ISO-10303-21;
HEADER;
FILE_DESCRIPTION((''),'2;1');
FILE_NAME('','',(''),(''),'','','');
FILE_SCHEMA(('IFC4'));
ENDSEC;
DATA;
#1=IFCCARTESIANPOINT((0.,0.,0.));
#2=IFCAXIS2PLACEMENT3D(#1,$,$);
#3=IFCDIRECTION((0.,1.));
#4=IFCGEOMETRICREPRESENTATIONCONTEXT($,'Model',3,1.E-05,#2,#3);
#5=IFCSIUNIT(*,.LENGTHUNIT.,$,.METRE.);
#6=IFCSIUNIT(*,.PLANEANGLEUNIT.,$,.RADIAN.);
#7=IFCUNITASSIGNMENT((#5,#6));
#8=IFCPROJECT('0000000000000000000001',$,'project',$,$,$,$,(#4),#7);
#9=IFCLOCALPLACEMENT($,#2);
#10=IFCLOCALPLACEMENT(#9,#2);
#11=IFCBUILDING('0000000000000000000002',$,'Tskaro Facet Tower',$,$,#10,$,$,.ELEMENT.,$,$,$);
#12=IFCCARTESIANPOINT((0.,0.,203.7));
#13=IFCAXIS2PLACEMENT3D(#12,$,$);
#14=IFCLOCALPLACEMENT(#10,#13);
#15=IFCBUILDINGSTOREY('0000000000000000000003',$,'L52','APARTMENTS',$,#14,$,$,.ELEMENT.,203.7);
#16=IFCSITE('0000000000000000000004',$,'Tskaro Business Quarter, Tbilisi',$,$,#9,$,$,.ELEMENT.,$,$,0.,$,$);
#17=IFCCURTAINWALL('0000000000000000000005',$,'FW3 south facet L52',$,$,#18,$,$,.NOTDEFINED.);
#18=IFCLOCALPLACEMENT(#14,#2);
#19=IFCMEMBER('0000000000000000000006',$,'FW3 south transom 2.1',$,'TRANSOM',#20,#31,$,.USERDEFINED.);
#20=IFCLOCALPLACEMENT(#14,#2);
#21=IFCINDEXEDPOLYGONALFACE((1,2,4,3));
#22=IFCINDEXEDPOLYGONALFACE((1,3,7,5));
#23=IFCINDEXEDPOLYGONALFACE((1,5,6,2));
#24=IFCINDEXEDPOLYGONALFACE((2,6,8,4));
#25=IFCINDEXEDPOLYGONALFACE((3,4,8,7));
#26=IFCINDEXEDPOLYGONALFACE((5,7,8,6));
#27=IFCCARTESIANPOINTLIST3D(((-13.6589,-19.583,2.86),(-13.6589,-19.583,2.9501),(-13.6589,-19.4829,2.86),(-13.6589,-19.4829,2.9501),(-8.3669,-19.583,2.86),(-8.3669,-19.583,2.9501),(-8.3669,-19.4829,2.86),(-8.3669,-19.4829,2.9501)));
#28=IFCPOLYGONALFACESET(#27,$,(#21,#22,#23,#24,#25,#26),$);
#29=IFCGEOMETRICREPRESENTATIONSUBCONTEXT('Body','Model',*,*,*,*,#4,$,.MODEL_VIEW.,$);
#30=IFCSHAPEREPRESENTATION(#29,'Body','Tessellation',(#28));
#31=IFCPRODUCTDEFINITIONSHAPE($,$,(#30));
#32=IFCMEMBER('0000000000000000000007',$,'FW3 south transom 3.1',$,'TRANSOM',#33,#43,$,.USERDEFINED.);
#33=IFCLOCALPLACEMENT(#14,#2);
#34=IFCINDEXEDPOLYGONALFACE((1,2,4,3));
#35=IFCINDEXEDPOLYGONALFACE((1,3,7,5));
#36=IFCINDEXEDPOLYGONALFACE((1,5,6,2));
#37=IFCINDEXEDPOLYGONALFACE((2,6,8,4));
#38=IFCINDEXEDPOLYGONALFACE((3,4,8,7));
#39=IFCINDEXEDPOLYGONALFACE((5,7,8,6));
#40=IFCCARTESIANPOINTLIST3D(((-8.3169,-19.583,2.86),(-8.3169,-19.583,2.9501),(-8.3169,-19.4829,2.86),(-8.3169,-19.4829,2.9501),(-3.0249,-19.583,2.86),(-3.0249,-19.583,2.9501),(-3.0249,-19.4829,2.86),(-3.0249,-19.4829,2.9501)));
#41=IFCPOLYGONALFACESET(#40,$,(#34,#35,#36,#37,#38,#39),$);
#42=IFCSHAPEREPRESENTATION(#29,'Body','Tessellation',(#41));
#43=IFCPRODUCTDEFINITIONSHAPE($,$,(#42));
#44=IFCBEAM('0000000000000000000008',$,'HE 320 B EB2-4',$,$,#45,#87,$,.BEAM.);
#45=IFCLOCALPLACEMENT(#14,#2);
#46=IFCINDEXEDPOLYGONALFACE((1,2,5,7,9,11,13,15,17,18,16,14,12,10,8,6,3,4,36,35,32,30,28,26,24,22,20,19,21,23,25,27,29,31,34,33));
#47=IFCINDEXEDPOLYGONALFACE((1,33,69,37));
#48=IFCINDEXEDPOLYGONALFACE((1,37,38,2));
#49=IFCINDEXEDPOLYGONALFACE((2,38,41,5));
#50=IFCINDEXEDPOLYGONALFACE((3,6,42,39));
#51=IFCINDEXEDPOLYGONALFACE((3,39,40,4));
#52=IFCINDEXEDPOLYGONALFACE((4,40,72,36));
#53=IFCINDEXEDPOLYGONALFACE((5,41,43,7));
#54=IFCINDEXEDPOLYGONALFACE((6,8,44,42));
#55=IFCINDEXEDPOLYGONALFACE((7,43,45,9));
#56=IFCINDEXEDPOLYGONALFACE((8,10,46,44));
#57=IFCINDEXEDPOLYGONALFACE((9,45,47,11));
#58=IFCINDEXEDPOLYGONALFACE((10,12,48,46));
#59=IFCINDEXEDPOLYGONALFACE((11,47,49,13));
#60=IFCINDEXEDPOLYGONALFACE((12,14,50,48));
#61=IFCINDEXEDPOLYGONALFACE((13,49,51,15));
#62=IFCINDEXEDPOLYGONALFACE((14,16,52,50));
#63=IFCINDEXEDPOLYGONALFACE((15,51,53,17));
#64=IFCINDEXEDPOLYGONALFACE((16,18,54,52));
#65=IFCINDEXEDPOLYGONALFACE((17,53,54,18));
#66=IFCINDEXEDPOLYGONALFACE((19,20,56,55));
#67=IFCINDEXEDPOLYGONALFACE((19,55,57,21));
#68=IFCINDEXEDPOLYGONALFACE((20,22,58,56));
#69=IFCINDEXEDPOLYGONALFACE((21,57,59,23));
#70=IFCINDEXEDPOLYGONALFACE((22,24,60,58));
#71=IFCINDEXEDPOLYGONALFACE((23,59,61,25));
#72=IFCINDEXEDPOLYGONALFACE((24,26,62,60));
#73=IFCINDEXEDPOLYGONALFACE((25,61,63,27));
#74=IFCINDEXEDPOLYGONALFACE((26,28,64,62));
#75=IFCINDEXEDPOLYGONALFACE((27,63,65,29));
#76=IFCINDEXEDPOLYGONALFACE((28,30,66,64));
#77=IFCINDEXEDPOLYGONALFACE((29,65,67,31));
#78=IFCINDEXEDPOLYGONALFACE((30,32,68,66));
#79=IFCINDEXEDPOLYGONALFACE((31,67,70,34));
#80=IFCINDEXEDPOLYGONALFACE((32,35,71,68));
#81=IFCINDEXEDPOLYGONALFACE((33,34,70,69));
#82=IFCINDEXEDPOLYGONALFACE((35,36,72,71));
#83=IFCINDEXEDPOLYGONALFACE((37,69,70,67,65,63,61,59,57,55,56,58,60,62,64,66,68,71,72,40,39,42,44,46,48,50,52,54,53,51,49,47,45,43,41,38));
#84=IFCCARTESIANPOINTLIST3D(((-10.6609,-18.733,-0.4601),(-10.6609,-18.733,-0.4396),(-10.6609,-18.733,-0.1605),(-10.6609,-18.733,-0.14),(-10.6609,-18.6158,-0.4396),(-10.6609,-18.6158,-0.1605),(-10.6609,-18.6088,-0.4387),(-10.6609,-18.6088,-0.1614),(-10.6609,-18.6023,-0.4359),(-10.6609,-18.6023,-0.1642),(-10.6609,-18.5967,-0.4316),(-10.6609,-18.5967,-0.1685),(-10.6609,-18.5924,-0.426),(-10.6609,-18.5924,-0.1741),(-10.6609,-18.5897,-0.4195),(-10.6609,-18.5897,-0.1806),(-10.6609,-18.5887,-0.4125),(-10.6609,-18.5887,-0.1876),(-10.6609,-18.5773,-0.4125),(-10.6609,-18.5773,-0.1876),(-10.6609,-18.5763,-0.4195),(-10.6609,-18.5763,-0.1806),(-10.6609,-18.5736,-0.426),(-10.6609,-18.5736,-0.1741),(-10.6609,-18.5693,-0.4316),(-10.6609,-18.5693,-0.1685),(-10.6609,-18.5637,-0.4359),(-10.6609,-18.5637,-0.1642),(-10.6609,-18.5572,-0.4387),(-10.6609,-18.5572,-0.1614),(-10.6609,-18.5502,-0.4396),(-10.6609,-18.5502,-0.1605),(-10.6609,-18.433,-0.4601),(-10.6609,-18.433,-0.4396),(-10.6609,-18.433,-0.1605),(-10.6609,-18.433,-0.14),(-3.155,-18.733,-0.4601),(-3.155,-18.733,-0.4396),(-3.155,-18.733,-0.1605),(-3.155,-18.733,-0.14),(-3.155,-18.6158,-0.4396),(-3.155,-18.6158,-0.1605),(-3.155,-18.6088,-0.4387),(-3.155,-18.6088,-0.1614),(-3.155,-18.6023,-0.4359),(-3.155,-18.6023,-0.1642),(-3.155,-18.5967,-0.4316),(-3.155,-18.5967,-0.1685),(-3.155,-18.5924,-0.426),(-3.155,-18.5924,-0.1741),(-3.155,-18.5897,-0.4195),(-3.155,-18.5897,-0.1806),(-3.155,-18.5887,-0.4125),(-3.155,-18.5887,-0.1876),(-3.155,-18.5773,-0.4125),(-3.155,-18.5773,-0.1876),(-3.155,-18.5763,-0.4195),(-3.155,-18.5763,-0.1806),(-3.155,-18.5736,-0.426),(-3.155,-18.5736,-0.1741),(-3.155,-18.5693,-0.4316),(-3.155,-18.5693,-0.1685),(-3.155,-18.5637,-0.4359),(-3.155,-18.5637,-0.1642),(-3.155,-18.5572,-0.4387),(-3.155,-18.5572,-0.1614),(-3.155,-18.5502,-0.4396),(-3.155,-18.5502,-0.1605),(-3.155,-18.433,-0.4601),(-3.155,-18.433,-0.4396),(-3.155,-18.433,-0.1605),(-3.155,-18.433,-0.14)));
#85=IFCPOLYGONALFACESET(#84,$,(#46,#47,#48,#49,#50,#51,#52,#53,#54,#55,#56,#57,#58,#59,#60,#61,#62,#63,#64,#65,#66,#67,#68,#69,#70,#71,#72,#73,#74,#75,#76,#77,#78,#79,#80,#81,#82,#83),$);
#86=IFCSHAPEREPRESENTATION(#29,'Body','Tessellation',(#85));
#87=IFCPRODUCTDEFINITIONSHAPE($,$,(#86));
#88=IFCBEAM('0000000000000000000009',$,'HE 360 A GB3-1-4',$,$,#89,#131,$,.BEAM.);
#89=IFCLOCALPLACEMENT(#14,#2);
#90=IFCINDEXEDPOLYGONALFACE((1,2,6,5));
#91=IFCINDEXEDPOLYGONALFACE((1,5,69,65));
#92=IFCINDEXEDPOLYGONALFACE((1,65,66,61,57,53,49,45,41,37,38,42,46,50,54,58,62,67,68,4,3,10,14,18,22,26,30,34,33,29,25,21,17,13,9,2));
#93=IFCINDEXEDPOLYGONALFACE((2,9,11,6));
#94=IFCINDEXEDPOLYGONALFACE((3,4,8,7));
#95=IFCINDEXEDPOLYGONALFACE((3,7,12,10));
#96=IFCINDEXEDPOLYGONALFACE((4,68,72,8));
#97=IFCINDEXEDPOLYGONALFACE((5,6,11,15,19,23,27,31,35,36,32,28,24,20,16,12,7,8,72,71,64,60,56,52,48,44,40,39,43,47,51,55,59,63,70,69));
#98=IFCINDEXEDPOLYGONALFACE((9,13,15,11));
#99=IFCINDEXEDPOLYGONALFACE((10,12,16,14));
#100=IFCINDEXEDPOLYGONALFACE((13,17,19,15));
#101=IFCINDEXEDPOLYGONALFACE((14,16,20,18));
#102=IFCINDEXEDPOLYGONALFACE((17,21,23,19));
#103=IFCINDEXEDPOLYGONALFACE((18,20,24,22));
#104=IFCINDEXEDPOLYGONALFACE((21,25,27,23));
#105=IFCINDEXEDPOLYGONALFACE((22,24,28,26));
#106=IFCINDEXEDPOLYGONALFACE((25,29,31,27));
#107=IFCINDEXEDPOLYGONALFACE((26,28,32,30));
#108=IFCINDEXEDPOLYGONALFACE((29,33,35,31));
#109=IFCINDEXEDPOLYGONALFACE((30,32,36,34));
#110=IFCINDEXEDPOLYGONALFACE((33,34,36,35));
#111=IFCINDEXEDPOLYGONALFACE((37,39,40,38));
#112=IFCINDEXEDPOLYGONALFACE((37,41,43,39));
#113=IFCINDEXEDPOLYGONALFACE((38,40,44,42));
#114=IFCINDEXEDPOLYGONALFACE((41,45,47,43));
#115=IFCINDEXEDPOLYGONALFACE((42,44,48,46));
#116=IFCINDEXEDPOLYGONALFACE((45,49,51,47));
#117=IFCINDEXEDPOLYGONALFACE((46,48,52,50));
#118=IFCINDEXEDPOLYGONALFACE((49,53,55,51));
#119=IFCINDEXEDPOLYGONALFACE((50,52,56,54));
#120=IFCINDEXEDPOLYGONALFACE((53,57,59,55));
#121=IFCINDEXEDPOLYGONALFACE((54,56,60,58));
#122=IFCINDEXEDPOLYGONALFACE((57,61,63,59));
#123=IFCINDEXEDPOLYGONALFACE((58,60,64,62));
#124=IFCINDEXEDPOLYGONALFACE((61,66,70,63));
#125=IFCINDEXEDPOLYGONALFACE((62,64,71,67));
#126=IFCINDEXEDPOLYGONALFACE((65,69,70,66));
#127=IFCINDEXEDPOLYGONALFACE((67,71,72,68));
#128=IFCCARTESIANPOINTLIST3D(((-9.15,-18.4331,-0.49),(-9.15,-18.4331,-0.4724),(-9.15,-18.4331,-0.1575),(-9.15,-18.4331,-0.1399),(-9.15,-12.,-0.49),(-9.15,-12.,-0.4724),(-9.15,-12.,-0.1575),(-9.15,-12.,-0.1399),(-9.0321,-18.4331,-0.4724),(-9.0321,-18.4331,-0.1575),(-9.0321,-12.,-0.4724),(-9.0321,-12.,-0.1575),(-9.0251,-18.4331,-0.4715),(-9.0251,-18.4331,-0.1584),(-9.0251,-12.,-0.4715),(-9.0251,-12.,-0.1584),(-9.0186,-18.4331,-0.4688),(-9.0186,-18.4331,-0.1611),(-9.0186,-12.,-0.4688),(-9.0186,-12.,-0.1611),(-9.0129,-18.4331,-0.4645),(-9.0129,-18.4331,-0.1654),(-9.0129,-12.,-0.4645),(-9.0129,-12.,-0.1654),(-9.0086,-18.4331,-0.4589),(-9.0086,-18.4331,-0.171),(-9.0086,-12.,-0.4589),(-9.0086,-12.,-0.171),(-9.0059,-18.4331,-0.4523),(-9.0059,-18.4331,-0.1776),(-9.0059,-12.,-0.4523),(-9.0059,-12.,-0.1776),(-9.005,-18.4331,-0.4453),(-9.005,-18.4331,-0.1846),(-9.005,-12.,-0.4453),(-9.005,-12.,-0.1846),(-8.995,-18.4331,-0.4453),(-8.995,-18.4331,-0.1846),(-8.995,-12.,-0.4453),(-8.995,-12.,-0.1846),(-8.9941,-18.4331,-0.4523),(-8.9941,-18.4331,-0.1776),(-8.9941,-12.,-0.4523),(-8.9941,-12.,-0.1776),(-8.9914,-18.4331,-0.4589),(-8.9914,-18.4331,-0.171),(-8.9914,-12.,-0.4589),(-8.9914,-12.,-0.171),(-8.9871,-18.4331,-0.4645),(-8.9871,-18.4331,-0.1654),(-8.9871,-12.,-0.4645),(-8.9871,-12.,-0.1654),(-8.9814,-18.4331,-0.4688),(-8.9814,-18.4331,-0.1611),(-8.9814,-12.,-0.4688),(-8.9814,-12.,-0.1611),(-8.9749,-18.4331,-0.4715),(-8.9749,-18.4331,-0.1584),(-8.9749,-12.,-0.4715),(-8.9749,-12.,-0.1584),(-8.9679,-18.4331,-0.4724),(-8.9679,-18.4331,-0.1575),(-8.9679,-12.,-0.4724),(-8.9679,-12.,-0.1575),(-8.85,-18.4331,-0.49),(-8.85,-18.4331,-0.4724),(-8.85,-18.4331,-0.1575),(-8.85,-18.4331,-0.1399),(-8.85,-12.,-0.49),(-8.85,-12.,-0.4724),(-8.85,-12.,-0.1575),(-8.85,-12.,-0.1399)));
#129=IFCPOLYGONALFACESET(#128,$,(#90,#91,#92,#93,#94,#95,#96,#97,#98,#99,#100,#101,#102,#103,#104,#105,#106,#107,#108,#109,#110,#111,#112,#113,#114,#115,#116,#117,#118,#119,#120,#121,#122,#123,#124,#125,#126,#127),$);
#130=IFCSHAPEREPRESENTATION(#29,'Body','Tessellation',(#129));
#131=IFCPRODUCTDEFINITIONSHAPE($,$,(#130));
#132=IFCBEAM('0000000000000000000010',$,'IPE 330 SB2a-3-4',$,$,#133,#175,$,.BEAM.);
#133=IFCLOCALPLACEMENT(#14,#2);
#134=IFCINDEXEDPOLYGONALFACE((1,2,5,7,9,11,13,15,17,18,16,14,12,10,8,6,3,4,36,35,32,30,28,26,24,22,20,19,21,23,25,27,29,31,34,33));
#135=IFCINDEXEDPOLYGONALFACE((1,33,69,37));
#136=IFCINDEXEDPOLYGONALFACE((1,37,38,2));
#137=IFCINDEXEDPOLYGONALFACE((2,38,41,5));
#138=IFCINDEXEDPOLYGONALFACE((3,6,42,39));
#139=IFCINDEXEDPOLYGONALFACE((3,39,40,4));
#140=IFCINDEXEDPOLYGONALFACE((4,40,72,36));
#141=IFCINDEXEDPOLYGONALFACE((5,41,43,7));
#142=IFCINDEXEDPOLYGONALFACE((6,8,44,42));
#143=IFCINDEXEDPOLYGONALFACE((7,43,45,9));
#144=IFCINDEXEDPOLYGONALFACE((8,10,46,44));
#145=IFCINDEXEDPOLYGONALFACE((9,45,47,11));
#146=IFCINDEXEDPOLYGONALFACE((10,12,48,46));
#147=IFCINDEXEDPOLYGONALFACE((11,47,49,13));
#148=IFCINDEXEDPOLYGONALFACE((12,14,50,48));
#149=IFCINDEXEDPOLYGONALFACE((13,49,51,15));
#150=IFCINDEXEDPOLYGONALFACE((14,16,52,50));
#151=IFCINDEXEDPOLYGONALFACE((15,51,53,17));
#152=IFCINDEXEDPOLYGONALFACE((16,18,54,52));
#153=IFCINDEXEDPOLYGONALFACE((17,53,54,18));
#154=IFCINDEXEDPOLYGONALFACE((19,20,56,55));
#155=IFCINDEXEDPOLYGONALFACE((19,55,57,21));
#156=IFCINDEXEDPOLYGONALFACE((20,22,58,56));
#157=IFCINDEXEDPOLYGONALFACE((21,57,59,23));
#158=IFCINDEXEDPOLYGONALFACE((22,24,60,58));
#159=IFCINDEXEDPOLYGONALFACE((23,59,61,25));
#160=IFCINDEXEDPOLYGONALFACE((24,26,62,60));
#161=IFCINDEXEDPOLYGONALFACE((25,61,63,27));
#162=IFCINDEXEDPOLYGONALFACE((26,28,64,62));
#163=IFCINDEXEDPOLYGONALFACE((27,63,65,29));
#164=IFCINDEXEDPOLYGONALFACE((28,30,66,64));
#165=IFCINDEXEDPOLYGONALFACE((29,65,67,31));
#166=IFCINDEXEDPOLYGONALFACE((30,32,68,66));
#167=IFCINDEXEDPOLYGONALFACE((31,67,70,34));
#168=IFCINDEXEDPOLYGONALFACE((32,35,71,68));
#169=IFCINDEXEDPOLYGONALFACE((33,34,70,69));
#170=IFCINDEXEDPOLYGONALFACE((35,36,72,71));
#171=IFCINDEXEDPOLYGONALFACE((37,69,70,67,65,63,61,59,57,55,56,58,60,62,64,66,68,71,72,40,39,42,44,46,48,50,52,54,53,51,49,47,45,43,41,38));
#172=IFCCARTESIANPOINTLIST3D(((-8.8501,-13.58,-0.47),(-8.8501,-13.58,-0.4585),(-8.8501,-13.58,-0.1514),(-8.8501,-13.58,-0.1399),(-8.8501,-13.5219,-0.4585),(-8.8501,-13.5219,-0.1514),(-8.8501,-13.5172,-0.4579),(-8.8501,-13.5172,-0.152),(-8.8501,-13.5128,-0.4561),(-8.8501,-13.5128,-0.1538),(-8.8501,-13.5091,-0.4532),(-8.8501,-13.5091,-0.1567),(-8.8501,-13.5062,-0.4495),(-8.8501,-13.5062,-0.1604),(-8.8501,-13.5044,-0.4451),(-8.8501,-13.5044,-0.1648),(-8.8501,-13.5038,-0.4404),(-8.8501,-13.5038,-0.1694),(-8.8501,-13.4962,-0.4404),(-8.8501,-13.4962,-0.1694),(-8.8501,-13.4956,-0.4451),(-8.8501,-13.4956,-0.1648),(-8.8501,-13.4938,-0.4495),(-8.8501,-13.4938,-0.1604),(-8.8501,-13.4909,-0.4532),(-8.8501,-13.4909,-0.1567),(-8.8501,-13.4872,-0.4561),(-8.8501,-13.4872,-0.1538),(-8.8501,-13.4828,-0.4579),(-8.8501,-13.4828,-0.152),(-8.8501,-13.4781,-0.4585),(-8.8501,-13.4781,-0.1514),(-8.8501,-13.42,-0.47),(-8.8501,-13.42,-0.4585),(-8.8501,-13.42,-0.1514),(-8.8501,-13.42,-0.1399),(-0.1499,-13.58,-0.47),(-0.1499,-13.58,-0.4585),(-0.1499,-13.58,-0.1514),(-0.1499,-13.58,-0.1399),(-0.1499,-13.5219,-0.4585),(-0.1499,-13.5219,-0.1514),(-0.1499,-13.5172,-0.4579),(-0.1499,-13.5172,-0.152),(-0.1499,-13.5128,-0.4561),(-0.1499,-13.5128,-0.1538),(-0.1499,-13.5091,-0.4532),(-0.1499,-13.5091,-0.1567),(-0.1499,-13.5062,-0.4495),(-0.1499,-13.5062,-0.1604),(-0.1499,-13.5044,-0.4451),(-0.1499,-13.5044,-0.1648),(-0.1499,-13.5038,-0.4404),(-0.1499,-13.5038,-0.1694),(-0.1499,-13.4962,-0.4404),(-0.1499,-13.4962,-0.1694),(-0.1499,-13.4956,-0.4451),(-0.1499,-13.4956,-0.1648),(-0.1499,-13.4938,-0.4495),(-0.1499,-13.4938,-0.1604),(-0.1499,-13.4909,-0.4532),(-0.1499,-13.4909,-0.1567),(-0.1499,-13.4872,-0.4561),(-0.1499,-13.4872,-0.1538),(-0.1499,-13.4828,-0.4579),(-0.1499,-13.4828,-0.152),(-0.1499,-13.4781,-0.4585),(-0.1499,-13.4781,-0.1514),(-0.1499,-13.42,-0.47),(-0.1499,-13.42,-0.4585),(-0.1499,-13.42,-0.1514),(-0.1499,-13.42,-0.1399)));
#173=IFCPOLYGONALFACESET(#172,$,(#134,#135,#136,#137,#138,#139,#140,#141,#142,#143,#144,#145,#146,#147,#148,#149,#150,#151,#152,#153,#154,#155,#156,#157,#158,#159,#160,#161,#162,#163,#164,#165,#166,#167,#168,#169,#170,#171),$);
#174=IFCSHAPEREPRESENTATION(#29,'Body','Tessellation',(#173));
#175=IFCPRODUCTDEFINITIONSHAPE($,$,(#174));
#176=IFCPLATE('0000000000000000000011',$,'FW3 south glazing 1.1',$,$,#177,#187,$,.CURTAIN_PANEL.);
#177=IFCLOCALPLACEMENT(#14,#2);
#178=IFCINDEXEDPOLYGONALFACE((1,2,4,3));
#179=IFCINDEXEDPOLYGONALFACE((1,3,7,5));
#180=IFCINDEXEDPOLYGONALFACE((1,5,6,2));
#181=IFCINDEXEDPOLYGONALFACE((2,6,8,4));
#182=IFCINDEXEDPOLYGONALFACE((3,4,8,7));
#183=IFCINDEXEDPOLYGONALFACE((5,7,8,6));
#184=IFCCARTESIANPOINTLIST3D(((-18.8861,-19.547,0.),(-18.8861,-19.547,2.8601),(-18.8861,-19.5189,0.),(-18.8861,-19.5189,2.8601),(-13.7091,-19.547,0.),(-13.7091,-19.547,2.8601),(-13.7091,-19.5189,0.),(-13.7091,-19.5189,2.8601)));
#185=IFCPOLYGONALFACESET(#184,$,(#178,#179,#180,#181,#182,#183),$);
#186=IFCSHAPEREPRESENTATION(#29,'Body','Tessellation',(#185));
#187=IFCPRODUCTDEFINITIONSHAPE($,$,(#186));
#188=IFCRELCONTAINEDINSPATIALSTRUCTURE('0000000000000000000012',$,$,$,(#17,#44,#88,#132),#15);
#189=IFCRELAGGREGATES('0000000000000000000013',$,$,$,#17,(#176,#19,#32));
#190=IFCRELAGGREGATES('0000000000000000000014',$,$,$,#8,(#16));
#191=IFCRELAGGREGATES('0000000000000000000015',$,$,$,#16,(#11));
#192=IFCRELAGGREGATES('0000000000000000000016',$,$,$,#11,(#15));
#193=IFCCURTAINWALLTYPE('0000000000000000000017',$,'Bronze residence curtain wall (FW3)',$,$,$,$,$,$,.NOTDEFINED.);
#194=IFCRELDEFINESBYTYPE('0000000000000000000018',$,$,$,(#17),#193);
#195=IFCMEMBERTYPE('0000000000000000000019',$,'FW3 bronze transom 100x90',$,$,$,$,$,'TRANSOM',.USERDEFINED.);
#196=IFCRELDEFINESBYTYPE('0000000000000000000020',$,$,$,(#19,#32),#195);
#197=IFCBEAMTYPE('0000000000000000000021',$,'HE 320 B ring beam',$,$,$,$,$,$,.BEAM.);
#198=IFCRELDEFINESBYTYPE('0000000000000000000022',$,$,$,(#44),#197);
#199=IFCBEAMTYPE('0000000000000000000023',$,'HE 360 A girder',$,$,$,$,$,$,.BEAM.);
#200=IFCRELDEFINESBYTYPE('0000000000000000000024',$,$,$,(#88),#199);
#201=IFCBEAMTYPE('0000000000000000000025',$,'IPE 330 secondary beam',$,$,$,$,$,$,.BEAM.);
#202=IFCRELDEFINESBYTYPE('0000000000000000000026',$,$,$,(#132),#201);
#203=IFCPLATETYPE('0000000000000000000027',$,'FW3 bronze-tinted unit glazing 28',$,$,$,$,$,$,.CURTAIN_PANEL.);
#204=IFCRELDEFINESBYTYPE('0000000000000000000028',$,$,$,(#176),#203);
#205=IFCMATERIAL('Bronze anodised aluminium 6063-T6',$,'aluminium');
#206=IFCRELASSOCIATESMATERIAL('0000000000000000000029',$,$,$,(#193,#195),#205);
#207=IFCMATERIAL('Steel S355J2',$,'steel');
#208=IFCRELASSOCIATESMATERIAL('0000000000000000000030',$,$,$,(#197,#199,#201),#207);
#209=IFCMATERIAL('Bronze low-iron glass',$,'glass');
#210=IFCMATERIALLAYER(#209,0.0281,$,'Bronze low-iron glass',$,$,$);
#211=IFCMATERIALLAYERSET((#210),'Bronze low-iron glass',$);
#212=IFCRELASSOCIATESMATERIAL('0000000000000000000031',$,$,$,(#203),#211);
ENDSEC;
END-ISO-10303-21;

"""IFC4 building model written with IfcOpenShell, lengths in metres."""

from ifc_helpers import new_model, si_unit, direction, frame, origin, origin_2d, place, context, subcontext, project, spatial, rectangle, i_section, extrude, material, layer, layer_set, material_profile, profile_set, type_object, element, aggregate, save


model = new_model("IFC4")

# Units and contexts
model_context = context("Model", 3, precision=1e-05, world=origin(), true_north=direction((0.0, 1.0)))
body_context = subcontext(model_context, "Body", "Model", "MODEL_VIEW")
ifc_project = project(units=[si_unit("LENGTHUNIT", "METRE"), si_unit("PLANEANGLEUNIT", "RADIAN")], contexts=[model_context])

# Site, building, storey
site_placement = place(None, origin())
site = spatial("IfcSite", under=ifc_project, at=site_placement, Name="Tskaro Business Quarter, Tbilisi", CompositionType="ELEMENT", RefElevation=0.0)
building_placement = place(site_placement, origin())
building = spatial("IfcBuilding", under=site, at=building_placement, Name="Tskaro Facet Tower", CompositionType="ELEMENT")
storey_placement = place(building_placement, frame((0.0, 0.0, 203.7)))
storey = spatial("IfcBuildingStorey", under=building, at=storey_placement, Name="L52", Description="APARTMENTS", CompositionType="ELEMENT", Elevation=203.7)

# Curtain wall, members
ifc_material_1 = material(Name="Bronze anodised aluminium 6063-T6", Category="aluminium")
curtain_wall_type = type_object("IfcCurtainWallType", Name="Bronze residence curtain wall (FW3)", PredefinedType="NOTDEFINED", material=ifc_material_1)
curtain_wall_placement = place(storey_placement, origin())
curtain_wall = element("IfcCurtainWall", 1, at=curtain_wall_placement, inside=storey, type_object=curtain_wall_type, Name="FW3 south facet L52", PredefinedType="NOTDEFINED")
ifc_material_profile_1 = material_profile(ifc_material_1, rectangle(XDim=0.1001, YDim=0.0901, at=origin_2d()), Name="Transom 100x90")
ifc_profile_set_1 = profile_set([ifc_material_profile_1], Name="Bronze anodised aluminium 6063-T6")
member_type_1 = type_object("IfcMemberType", Name="FW3 bronze transom 100x90", ElementType="TRANSOM", PredefinedType="USERDEFINED", material=ifc_profile_set_1)
member_1_placement = place(storey_placement, frame((-13.6589, -19.533, 2.905), z_axis=(1.0, 0.0, 0.0), x_axis=(0.0, 1.0, 0.0)))
member_1 = element("IfcMember", 2, at=member_1_placement, type_object=member_type_1, Name="FW3 south transom 2.1", ObjectType="TRANSOM", PredefinedType="USERDEFINED", context=body_context, shape_type="SweptSolid", body=[
    extrude(rectangle(XDim=0.1001, YDim=0.0901, at=origin_2d()), origin(), (0.0, 0.0, 1.0), 5.292),
])
member_2_placement = place(storey_placement, frame((-8.3169, -19.533, 2.905), z_axis=(1.0, 0.0, 0.0), x_axis=(0.0, 1.0, 0.0)))
member_2 = element("IfcMember", 3, at=member_2_placement, type_object=member_type_1, Name="FW3 south transom 3.1", ObjectType="TRANSOM", PredefinedType="USERDEFINED", context=body_context, shape_type="SweptSolid", body=[
    extrude(rectangle(XDim=0.1001, YDim=0.0901, at=origin_2d()), origin(), (0.0, 0.0, 1.0), 5.292),
])

# Beams
ifc_material_2 = material(Name="Steel S355J2", Category="steel")
ifc_material_profile_2 = material_profile(ifc_material_2, i_section(OverallWidth=0.3, OverallDepth=0.3201, WebThickness=0.0115, FlangeThickness=0.0205, FilletRadius=0.0271, at=origin_2d()), Name="HE 320 B")
ifc_profile_set_2 = profile_set([ifc_material_profile_2], Name="Steel S355J2")
beam_type_1 = type_object("IfcBeamType", Name="HE 320 B ring beam", PredefinedType="BEAM", material=ifc_profile_set_2)
beam_1_placement = place(storey_placement, frame((-10.6609, -18.583, -0.3), z_axis=(1.0, 0.0, 0.0), x_axis=(0.0, 1.0, 0.0)))
element("IfcBeam", 4, at=beam_1_placement, inside=storey, type_object=beam_type_1, Name="HE 320 B EB2-4", PredefinedType="BEAM", context=body_context, shape_type="SweptSolid", body=[
    extrude(i_section(OverallWidth=0.3, OverallDepth=0.3201, WebThickness=0.0115, FlangeThickness=0.0205, FilletRadius=0.0271, at=origin_2d()), origin(), (0.0, 0.0, 1.0), 7.5059),
])
ifc_material_profile_3 = material_profile(ifc_material_2, i_section(OverallWidth=0.3, OverallDepth=0.3501, WebThickness=0.01, FlangeThickness=0.0176, FilletRadius=0.0271, at=origin_2d()), Name="HE 360 A")
ifc_profile_set_3 = profile_set([ifc_material_profile_3], Name="Steel S355J2")
beam_type_2 = type_object("IfcBeamType", Name="HE 360 A girder", PredefinedType="BEAM", material=ifc_profile_set_3)
beam_2_placement = place(storey_placement, frame((-9.0, -18.4331, -0.3149), z_axis=(0.0, 1.0, 0.0), x_axis=(-1.0, 0.0, 0.0)))
element("IfcBeam", 5, at=beam_2_placement, inside=storey, type_object=beam_type_2, Name="HE 360 A GB3-1-4", PredefinedType="BEAM", context=body_context, shape_type="SweptSolid", body=[
    extrude(i_section(OverallWidth=0.3, OverallDepth=0.3501, WebThickness=0.01, FlangeThickness=0.0176, FilletRadius=0.0271, at=origin_2d()), origin(), (0.0, 0.0, 1.0), 6.4331),
])
ifc_material_profile_4 = material_profile(ifc_material_2, i_section(OverallWidth=0.1599, OverallDepth=0.3301, WebThickness=0.0076, FlangeThickness=0.0115, FilletRadius=0.0181, at=origin_2d()), Name="IPE 330")
ifc_profile_set_4 = profile_set([ifc_material_profile_4], Name="Steel S355J2")
beam_type_3 = type_object("IfcBeamType", Name="IPE 330 secondary beam", PredefinedType="BEAM", material=ifc_profile_set_4)
beam_3_placement = place(storey_placement, frame((-8.8501, -13.5, -0.3049), z_axis=(1.0, 0.0, 0.0), x_axis=(0.0, 1.0, 0.0)))
element("IfcBeam", 6, at=beam_3_placement, inside=storey, type_object=beam_type_3, Name="IPE 330 SB2a-3-4", PredefinedType="BEAM", context=body_context, shape_type="SweptSolid", body=[
    extrude(i_section(OverallWidth=0.1599, OverallDepth=0.3301, WebThickness=0.0076, FlangeThickness=0.0115, FilletRadius=0.0181, at=origin_2d()), origin(), (0.0, 0.0, 1.0), 8.7002),
])

# Plate
ifc_material_3 = material(Name="Bronze low-iron glass", Category="glass")
ifc_layer_1 = layer(ifc_material_3, 0.0281, Name="Bronze low-iron glass")
ifc_layer_set_1 = layer_set([ifc_layer_1], Name="Bronze low-iron glass")
plate_type = type_object("IfcPlateType", Name="FW3 bronze-tinted unit glazing 28", PredefinedType="CURTAIN_PANEL", material=ifc_layer_set_1)
plate_1_placement = place(storey_placement, frame((-16.2976, -19.533, 0.0), z_axis=(0.0, 0.0, 1.0), x_axis=(1.0, 0.0, 0.0)))
plate_1 = element("IfcPlate", 7, at=plate_1_placement, type_object=plate_type, Name="FW3 south glazing 1.1", PredefinedType="CURTAIN_PANEL", context=body_context, shape_type="SweptSolid", body=[
    extrude(rectangle(XDim=5.177, YDim=0.0281, at=origin_2d()), origin(), (0.0, 0.0, 1.0), 2.8601),
])
aggregate(curtain_wall, [plate_1, member_1, member_2])

save(model, "model.ifc")
